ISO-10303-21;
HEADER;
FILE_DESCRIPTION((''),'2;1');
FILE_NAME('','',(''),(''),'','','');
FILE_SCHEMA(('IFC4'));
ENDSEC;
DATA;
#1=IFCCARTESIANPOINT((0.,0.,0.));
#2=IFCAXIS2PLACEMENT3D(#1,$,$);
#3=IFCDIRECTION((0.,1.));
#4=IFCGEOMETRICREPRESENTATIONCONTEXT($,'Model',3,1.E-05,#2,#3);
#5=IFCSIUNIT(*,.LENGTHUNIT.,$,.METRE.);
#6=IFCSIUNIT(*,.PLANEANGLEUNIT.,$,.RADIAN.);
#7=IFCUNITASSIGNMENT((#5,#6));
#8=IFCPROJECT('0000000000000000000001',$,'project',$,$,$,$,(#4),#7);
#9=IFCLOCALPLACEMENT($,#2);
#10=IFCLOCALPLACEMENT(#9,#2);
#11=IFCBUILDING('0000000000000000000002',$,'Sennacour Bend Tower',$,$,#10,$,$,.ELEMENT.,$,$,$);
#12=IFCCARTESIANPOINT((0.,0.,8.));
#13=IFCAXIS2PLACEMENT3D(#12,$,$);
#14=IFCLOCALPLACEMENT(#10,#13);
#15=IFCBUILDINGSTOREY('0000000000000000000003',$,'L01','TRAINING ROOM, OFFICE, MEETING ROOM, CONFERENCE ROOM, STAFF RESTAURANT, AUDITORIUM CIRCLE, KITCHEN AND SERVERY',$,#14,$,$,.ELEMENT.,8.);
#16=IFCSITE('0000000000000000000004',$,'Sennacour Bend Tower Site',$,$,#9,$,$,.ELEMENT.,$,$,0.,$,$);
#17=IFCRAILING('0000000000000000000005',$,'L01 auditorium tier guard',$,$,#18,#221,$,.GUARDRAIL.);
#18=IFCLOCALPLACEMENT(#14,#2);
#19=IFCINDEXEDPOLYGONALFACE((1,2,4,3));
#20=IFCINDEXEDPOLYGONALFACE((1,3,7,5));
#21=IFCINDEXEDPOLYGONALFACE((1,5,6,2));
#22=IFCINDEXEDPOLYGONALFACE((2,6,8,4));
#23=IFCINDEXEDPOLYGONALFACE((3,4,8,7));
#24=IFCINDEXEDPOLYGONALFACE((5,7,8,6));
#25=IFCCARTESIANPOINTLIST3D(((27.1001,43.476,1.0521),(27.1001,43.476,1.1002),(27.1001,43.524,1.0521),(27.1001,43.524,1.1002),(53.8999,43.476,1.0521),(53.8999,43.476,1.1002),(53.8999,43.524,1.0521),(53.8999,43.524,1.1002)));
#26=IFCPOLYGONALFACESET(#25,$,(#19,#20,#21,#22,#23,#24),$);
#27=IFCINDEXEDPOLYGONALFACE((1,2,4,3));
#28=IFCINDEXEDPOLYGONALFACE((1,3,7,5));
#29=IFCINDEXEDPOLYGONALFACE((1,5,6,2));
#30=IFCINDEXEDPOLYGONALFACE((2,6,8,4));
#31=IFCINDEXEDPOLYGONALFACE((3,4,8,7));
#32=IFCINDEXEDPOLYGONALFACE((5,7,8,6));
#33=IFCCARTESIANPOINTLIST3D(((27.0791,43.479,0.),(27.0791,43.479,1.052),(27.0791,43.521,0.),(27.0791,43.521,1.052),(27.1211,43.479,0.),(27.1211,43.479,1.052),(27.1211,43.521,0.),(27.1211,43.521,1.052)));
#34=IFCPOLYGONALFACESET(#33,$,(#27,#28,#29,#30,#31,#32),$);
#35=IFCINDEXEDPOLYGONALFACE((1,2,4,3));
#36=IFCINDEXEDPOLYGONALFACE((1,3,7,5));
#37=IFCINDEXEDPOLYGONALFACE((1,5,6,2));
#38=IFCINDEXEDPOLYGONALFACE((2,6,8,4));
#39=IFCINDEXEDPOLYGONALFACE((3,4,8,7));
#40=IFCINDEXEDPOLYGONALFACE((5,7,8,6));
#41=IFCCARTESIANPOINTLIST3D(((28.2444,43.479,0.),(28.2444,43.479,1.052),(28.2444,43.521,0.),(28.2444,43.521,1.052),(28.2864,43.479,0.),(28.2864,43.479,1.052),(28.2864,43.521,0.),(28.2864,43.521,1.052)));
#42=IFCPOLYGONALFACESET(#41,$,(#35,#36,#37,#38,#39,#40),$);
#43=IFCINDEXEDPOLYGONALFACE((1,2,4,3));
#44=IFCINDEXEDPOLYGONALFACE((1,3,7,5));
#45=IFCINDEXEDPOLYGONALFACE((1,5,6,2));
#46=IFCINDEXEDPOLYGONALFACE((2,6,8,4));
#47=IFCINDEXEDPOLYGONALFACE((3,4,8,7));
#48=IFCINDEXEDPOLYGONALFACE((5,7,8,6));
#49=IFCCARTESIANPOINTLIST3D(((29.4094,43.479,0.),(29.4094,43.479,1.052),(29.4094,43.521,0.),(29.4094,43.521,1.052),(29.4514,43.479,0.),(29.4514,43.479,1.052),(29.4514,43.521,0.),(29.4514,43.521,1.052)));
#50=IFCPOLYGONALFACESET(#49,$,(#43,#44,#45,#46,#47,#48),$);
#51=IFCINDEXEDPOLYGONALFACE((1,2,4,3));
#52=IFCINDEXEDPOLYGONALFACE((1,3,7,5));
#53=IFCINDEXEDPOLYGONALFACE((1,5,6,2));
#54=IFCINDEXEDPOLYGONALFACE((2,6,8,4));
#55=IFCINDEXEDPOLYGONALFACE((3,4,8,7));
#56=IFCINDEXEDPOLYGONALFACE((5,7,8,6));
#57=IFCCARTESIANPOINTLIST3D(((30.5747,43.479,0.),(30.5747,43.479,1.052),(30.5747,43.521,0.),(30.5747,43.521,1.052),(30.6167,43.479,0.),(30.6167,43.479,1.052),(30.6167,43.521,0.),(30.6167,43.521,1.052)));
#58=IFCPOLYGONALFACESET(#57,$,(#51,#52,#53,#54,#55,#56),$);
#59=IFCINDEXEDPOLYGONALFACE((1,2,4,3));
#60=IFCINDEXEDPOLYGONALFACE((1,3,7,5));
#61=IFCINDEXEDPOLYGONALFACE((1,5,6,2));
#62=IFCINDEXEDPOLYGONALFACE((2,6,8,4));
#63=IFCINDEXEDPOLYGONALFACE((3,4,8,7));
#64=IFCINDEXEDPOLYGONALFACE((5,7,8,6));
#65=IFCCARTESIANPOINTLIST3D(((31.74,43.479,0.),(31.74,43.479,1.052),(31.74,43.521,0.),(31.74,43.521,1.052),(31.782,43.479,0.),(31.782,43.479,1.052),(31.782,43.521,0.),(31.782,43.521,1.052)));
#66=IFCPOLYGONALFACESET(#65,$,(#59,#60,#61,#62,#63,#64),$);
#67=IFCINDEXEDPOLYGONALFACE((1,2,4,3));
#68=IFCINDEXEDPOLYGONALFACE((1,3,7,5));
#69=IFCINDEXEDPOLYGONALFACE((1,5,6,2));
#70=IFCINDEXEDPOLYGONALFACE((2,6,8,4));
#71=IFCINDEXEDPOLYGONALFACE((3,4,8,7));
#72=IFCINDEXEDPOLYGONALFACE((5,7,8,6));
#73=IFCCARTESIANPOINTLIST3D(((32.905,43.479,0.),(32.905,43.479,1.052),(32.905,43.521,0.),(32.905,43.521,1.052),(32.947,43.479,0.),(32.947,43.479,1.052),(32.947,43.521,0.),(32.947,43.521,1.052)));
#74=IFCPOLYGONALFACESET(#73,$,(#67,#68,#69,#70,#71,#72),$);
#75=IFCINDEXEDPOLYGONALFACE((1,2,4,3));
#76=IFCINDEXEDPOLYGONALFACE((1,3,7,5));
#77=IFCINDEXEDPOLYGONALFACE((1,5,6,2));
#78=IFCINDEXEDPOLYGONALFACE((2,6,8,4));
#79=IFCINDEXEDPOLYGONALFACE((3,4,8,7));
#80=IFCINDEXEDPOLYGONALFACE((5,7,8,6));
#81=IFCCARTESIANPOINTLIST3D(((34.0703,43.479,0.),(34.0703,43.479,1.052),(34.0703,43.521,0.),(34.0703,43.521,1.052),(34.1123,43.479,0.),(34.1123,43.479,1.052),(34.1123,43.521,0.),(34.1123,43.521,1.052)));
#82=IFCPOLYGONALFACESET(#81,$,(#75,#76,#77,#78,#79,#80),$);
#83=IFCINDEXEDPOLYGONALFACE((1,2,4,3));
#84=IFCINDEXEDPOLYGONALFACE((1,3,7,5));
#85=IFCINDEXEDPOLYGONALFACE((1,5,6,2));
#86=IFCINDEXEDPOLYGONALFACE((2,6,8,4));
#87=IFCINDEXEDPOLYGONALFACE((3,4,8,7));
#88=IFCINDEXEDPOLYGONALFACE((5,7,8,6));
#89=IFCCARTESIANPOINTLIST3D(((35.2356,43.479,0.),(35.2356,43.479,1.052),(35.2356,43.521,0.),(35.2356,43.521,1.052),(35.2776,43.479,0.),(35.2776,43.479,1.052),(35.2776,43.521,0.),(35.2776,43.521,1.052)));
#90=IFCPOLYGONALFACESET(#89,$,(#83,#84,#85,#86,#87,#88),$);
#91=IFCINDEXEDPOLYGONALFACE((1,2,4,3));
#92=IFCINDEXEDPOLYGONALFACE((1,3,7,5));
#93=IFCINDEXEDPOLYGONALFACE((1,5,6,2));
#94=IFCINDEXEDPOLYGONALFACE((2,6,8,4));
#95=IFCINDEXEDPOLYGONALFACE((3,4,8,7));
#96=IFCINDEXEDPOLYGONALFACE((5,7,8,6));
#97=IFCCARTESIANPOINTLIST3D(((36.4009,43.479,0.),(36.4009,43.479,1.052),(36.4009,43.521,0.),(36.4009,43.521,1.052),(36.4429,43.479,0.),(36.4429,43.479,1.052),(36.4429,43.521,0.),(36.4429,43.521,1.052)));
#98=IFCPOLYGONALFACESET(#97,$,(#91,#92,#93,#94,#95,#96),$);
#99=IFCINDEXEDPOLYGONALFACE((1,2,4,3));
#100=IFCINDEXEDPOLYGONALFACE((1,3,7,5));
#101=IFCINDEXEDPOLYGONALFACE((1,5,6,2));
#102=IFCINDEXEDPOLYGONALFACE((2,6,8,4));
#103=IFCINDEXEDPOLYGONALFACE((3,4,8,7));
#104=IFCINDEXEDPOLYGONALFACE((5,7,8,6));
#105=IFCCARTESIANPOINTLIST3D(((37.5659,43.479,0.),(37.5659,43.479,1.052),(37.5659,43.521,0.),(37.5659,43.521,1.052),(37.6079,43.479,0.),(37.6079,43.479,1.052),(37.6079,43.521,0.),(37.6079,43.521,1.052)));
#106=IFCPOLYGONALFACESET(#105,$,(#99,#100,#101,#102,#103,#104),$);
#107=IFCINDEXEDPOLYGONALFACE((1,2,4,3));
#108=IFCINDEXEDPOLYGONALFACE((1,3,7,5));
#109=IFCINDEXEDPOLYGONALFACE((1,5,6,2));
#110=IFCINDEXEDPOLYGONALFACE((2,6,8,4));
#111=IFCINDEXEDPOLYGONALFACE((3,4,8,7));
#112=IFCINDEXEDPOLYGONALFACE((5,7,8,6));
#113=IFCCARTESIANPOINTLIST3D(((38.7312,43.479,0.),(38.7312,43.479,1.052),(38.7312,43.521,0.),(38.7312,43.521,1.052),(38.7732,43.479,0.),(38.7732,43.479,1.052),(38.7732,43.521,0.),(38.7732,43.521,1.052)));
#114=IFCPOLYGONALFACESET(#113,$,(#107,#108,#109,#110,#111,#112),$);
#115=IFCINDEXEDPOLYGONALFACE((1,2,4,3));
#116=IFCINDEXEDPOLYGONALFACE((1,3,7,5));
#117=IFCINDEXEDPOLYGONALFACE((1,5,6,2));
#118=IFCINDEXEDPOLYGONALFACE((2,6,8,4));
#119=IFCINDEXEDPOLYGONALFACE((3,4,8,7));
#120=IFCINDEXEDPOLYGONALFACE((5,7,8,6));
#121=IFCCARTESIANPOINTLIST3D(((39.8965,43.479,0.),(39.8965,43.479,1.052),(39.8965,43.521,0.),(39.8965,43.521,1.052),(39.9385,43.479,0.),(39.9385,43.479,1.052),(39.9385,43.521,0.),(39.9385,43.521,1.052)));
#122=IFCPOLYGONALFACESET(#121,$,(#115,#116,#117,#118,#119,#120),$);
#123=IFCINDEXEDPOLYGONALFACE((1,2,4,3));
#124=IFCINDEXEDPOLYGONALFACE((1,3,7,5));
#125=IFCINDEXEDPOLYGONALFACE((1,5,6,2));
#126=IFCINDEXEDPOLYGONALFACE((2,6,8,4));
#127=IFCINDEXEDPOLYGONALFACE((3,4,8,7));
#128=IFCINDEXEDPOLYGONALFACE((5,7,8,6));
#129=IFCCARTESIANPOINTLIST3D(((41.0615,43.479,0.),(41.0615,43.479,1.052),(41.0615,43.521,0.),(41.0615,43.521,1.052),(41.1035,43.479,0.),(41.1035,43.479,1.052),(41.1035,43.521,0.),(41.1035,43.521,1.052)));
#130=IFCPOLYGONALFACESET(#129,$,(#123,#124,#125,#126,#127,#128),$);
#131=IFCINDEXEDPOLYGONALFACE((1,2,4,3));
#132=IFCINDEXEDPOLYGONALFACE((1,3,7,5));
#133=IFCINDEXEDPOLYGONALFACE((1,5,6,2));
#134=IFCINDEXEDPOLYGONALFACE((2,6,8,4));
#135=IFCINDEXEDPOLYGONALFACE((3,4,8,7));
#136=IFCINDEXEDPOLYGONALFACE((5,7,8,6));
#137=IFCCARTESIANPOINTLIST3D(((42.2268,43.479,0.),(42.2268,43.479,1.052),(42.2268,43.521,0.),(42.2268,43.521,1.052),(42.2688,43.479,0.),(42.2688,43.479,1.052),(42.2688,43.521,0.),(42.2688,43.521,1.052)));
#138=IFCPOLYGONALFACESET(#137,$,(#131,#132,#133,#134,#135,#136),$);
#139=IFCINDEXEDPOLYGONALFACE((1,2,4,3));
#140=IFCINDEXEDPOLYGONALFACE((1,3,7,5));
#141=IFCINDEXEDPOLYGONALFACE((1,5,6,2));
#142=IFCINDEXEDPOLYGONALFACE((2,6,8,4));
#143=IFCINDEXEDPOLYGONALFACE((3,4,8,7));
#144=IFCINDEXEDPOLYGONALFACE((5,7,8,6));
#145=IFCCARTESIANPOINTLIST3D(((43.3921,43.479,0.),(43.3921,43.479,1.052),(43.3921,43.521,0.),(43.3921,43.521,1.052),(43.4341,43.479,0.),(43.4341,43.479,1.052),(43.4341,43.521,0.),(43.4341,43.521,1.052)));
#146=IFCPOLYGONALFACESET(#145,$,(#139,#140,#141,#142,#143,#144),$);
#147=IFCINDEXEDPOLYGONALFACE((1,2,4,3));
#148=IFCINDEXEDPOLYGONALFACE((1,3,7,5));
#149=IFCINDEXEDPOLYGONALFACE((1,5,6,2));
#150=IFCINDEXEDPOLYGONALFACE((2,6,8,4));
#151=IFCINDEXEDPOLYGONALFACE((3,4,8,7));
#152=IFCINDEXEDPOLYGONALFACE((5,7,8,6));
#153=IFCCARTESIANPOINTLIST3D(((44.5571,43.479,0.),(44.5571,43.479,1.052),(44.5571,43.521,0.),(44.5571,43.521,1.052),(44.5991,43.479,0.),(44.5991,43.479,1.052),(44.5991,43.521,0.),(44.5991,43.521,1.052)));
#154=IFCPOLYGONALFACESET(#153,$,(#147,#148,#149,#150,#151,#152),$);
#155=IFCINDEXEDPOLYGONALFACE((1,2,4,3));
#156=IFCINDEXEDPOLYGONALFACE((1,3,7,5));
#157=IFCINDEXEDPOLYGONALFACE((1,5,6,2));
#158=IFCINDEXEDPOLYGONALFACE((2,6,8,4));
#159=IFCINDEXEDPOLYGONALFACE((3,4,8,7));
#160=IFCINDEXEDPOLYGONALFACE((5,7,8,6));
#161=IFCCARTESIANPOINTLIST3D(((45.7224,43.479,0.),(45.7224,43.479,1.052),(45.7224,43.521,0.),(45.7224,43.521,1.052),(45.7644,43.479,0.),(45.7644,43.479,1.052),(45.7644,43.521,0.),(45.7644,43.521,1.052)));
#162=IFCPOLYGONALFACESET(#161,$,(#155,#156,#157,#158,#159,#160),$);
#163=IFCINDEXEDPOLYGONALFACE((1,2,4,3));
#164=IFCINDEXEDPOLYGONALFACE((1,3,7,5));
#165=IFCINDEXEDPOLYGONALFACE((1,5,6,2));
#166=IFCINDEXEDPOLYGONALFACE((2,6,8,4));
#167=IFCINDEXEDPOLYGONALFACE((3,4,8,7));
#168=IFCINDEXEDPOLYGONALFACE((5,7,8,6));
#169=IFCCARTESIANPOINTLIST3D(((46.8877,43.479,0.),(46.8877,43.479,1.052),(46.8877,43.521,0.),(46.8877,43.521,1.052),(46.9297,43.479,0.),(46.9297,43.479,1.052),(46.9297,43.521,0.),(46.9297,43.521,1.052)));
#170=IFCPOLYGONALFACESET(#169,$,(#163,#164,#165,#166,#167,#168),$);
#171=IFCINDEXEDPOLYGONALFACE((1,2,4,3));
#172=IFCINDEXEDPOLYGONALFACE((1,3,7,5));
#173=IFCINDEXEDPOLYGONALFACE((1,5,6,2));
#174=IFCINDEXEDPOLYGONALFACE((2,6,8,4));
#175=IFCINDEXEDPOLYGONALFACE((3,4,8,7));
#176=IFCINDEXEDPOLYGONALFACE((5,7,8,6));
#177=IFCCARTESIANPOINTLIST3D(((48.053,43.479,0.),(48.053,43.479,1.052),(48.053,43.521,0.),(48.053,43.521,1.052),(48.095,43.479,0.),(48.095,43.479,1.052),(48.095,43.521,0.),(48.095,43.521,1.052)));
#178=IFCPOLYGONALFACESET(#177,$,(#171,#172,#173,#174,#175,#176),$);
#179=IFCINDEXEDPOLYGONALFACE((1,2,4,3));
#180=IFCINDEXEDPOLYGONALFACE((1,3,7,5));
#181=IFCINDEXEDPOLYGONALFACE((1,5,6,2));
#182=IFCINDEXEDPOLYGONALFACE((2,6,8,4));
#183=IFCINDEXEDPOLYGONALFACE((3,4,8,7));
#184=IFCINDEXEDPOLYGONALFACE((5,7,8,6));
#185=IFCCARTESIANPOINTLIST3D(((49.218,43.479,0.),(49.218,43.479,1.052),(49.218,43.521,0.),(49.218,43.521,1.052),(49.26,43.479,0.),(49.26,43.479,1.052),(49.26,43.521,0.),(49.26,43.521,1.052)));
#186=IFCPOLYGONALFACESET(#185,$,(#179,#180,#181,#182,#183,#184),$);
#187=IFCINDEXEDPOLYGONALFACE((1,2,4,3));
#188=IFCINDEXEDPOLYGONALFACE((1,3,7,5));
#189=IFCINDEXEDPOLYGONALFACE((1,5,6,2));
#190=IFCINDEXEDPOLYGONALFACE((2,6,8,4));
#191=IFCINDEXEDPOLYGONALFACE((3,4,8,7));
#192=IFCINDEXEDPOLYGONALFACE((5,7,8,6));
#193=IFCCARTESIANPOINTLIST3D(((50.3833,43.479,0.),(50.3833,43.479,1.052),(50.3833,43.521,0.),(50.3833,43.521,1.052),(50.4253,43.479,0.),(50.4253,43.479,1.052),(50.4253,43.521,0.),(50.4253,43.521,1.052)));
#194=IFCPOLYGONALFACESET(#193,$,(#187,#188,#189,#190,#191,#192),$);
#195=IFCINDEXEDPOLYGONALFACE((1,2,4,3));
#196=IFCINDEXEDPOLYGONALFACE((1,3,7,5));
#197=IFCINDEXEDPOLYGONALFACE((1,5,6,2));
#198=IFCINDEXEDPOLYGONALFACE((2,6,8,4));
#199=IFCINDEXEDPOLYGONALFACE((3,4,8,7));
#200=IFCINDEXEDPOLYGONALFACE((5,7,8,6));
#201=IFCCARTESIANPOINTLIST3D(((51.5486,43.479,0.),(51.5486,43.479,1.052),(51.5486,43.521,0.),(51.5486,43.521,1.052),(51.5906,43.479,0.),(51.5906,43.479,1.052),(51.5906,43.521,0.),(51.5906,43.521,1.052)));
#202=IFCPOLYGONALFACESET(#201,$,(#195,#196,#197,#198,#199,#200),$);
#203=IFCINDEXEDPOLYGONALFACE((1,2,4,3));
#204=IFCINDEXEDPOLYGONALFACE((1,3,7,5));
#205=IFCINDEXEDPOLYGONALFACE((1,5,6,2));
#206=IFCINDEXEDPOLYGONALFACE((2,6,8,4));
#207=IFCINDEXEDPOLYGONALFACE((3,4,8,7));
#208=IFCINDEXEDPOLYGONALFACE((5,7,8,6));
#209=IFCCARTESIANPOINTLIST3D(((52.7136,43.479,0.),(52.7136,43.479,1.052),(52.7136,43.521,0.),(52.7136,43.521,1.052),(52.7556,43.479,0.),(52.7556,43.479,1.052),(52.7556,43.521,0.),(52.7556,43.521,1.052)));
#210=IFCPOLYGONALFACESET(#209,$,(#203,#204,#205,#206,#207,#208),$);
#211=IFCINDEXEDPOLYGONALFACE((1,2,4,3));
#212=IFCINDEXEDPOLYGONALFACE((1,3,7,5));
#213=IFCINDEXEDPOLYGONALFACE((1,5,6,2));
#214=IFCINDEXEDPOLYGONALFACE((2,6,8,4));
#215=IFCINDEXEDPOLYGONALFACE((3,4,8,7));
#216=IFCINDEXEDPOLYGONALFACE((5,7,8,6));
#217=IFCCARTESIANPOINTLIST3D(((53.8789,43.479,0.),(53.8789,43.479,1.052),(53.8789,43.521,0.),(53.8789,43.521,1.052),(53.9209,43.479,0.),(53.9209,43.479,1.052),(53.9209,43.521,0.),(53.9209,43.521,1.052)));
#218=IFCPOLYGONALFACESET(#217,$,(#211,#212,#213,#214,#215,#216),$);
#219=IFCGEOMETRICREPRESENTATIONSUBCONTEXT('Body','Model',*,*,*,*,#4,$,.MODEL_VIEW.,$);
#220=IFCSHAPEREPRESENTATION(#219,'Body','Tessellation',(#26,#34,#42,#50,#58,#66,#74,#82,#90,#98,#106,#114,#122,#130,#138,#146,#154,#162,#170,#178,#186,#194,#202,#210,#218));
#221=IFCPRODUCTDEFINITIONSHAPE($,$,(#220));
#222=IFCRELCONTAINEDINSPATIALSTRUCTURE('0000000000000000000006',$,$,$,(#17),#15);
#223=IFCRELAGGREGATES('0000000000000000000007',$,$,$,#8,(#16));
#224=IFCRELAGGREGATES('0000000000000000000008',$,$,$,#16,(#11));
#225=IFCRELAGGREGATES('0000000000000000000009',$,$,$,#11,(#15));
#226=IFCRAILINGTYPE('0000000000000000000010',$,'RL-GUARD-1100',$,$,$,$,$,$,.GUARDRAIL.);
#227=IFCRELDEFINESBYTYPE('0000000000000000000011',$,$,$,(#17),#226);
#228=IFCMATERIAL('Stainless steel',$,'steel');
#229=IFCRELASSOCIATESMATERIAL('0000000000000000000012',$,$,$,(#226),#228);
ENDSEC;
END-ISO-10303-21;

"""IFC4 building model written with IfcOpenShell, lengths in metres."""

from ifc_helpers import new_model, si_unit, direction, frame, origin, origin_2d, place, context, subcontext, project, spatial, rectangle, extrude, material, type_object, element, save


model = new_model("IFC4")

# Units and contexts
model_context = context("Model", 3, precision=1e-05, world=origin(), true_north=direction((0.0, 1.0)))
body_context = subcontext(model_context, "Body", "Model", "MODEL_VIEW")
ifc_project = project(units=[si_unit("LENGTHUNIT", "METRE"), si_unit("PLANEANGLEUNIT", "RADIAN")], contexts=[model_context])

# Site, building, storey
site_placement = place(None, origin())
site = spatial("IfcSite", under=ifc_project, at=site_placement, Name="Sennacour Bend Tower Site", CompositionType="ELEMENT", RefElevation=0.0)
building_placement = place(site_placement, origin())
building = spatial("IfcBuilding", under=site, at=building_placement, Name="Sennacour Bend Tower", CompositionType="ELEMENT")
storey_placement = place(building_placement, frame((0.0, 0.0, 8.0)))
storey = spatial("IfcBuildingStorey", under=building, at=storey_placement, Name="L01", Description="TRAINING ROOM, OFFICE, MEETING ROOM, CONFERENCE ROOM, STAFF RESTAURANT, AUDITORIUM CIRCLE, KITCHEN AND SERVERY", CompositionType="ELEMENT", Elevation=8.0)

# Railing
ifc_material_1 = material(Name="Stainless steel", Category="steel")
railing_type = type_object("IfcRailingType", Name="RL-GUARD-1100", PredefinedType="GUARDRAIL", material=ifc_material_1)
railing_placement = place(storey_placement, frame((27.1001, 43.5, 0.0)))
element("IfcRailing", 1, at=railing_placement, inside=storey, type_object=railing_type, Name="L01 auditorium tier guard", PredefinedType="GUARDRAIL", context=body_context, shape_type="SweptSolid", body=[
    extrude(rectangle(XDim=0.0481, YDim=0.0481, at=origin_2d()), frame((0.0, 0.0, 1.0762), z_axis=(1.0, 0.0, 0.0), x_axis=(0.0, 1.0, 0.0)), (0.0, 0.0, 1.0), 26.7998),
    extrude(rectangle(XDim=0.042, YDim=0.042, at=origin_2d()), origin(), (0.0, 0.0, 1.0), 1.052),
    extrude(rectangle(XDim=0.042, YDim=0.042, at=origin_2d()), frame((1.1653, 0.0, 0.0)), (0.0, 0.0, 1.0), 1.052),
    extrude(rectangle(XDim=0.042, YDim=0.042, at=origin_2d()), frame((2.3303, 0.0, 0.0)), (0.0, 0.0, 1.0), 1.052),
    extrude(rectangle(XDim=0.042, YDim=0.042, at=origin_2d()), frame((3.4956, 0.0, 0.0)), (0.0, 0.0, 1.0), 1.052),
    extrude(rectangle(XDim=0.042, YDim=0.042, at=origin_2d()), frame((4.6609, 0.0, 0.0)), (0.0, 0.0, 1.0), 1.052),
    extrude(rectangle(XDim=0.042, YDim=0.042, at=origin_2d()), frame((5.8259, 0.0, 0.0)), (0.0, 0.0, 1.0), 1.052),
    extrude(rectangle(XDim=0.042, YDim=0.042, at=origin_2d()), frame((6.9912, 0.0, 0.0)), (0.0, 0.0, 1.0), 1.052),
    extrude(rectangle(XDim=0.042, YDim=0.042, at=origin_2d()), frame((8.1565, 0.0, 0.0)), (0.0, 0.0, 1.0), 1.052),
    extrude(rectangle(XDim=0.042, YDim=0.042, at=origin_2d()), frame((9.3218, 0.0, 0.0)), (0.0, 0.0, 1.0), 1.052),
    extrude(rectangle(XDim=0.042, YDim=0.042, at=origin_2d()), frame((10.4868, 0.0, 0.0)), (0.0, 0.0, 1.0), 1.052),
    extrude(rectangle(XDim=0.042, YDim=0.042, at=origin_2d()), frame((11.6521, 0.0, 0.0)), (0.0, 0.0, 1.0), 1.052),
    extrude(rectangle(XDim=0.042, YDim=0.042, at=origin_2d()), frame((12.8174, 0.0, 0.0)), (0.0, 0.0, 1.0), 1.052),
    extrude(rectangle(XDim=0.042, YDim=0.042, at=origin_2d()), frame((13.9824, 0.0, 0.0)), (0.0, 0.0, 1.0), 1.052),
    extrude(rectangle(XDim=0.042, YDim=0.042, at=origin_2d()), frame((15.1477, 0.0, 0.0)), (0.0, 0.0, 1.0), 1.052),
    extrude(rectangle(XDim=0.042, YDim=0.042, at=origin_2d()), frame((16.313, 0.0, 0.0)), (0.0, 0.0, 1.0), 1.052),
    extrude(rectangle(XDim=0.042, YDim=0.042, at=origin_2d()), frame((17.478, 0.0, 0.0)), (0.0, 0.0, 1.0), 1.052),
    extrude(rectangle(XDim=0.042, YDim=0.042, at=origin_2d()), frame((18.6433, 0.0, 0.0)), (0.0, 0.0, 1.0), 1.052),
    extrude(rectangle(XDim=0.042, YDim=0.042, at=origin_2d()), frame((19.8086, 0.0, 0.0)), (0.0, 0.0, 1.0), 1.052),
    extrude(rectangle(XDim=0.042, YDim=0.042, at=origin_2d()), frame((20.9739, 0.0, 0.0)), (0.0, 0.0, 1.0), 1.052),
    extrude(rectangle(XDim=0.042, YDim=0.042, at=origin_2d()), frame((22.1389, 0.0, 0.0)), (0.0, 0.0, 1.0), 1.052),
    extrude(rectangle(XDim=0.042, YDim=0.042, at=origin_2d()), frame((23.3042, 0.0, 0.0)), (0.0, 0.0, 1.0), 1.052),
    extrude(rectangle(XDim=0.042, YDim=0.042, at=origin_2d()), frame((24.4695, 0.0, 0.0)), (0.0, 0.0, 1.0), 1.052),
    extrude(rectangle(XDim=0.042, YDim=0.042, at=origin_2d()), frame((25.6345, 0.0, 0.0)), (0.0, 0.0, 1.0), 1.052),
    extrude(rectangle(XDim=0.042, YDim=0.042, at=origin_2d()), frame((26.7998, 0.0, 0.0)), (0.0, 0.0, 1.0), 1.052),
])

save(model, "model.ifc")
